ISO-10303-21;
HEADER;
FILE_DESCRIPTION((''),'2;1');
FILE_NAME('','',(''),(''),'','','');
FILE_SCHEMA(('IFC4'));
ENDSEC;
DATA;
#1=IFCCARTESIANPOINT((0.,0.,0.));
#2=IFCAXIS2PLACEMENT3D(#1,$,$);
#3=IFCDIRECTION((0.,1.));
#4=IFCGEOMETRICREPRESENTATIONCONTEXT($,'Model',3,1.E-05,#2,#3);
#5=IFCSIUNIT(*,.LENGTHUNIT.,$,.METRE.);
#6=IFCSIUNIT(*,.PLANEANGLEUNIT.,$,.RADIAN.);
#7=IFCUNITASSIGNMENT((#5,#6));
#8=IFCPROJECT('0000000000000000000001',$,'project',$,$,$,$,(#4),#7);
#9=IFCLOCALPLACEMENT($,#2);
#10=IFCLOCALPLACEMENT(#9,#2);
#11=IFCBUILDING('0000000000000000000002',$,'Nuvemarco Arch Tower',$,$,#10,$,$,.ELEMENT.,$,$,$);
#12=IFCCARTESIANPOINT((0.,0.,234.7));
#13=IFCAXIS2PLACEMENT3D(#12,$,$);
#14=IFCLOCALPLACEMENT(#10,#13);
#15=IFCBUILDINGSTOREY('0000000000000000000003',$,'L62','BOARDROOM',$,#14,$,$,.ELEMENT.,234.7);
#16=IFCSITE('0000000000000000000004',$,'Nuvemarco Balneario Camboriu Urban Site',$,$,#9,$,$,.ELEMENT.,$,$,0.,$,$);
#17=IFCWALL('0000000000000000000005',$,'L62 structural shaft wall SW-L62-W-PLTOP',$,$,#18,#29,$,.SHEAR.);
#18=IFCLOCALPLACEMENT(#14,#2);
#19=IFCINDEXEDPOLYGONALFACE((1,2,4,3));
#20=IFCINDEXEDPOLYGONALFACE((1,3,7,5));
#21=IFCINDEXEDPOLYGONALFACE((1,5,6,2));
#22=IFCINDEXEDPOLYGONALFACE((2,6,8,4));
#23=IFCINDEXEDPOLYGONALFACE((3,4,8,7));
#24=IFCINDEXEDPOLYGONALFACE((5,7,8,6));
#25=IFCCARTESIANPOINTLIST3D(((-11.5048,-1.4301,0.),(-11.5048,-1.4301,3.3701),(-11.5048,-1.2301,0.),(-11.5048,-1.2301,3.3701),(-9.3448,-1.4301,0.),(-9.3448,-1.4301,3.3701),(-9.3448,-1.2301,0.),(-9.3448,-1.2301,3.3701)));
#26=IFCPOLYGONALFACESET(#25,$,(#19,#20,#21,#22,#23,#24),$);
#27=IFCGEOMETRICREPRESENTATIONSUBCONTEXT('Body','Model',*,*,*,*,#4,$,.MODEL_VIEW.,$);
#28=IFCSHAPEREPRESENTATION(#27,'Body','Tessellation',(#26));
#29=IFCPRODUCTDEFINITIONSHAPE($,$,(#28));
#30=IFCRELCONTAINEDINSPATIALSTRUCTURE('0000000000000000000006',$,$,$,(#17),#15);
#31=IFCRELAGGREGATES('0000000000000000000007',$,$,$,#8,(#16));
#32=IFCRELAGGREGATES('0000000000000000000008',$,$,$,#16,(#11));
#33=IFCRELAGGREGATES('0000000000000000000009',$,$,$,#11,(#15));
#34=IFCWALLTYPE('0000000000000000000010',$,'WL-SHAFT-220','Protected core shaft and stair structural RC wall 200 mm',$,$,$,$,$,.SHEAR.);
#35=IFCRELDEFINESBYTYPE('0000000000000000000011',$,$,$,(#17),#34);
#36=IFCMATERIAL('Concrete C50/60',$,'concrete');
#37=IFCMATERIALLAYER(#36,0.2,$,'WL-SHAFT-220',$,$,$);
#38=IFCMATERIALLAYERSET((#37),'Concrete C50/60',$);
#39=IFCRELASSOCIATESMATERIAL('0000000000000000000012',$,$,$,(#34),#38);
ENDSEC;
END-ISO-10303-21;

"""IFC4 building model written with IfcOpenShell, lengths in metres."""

from ifc_helpers import new_model, si_unit, direction, frame, frame_2d, origin, place, context, subcontext, project, spatial, rectangle, extrude, material, layer, layer_set, type_object, element, save


model = new_model("IFC4")

# Units and contexts
model_context = context("Model", 3, precision=1e-05, world=origin(), true_north=direction((0.0, 1.0)))
body_context = subcontext(model_context, "Body", "Model", "MODEL_VIEW")
ifc_project = project(units=[si_unit("LENGTHUNIT", "METRE"), si_unit("PLANEANGLEUNIT", "RADIAN")], contexts=[model_context])

# Site, building, storey
site_placement = place(None, origin())
site = spatial("IfcSite", under=ifc_project, at=site_placement, Name="Nuvemarco Balneario Camboriu Urban Site", CompositionType="ELEMENT", RefElevation=0.0)
building_placement = place(site_placement, origin())
building = spatial("IfcBuilding", under=site, at=building_placement, Name="Nuvemarco Arch Tower", CompositionType="ELEMENT")
storey_placement = place(building_placement, frame((0.0, 0.0, 234.7)))
storey = spatial("IfcBuildingStorey", under=building, at=storey_placement, Name="L62", Description="BOARDROOM", CompositionType="ELEMENT", Elevation=234.7)

# Shared definitions
ifc_material_1 = material(Name="Concrete C50/60", Category="concrete")

# Shared definitions
ifc_layer_1 = layer(ifc_material_1, 0.2, Name="WL-SHAFT-220")
ifc_layer_set_1 = layer_set([ifc_layer_1], Name="Concrete C50/60")
wall_type_1 = type_object("IfcWallType", Name="WL-SHAFT-220", Description="Protected core shaft and stair structural RC wall 200 mm", PredefinedType="SHEAR", material=ifc_layer_set_1)

# Wall
wall_1_placement = place(storey_placement, frame((-11.5049, -1.3301, 0.0), z_axis=(0.0, 0.0, 1.0), x_axis=(1.0, 0.0, 0.0)))
element("IfcWall", 1, at=wall_1_placement, inside=storey, type_object=wall_type_1, Name="L62 structural shaft wall SW-L62-W-PLTOP", PredefinedType="SHEAR", context=body_context, shape_type="SweptSolid", body=[
    extrude(rectangle(XDim=2.1599, YDim=0.2, at=frame_2d((1.0801, 0.0))), origin(), (0.0, 0.0, 1.0), 3.3701),
])

save(model, "model.ifc")
